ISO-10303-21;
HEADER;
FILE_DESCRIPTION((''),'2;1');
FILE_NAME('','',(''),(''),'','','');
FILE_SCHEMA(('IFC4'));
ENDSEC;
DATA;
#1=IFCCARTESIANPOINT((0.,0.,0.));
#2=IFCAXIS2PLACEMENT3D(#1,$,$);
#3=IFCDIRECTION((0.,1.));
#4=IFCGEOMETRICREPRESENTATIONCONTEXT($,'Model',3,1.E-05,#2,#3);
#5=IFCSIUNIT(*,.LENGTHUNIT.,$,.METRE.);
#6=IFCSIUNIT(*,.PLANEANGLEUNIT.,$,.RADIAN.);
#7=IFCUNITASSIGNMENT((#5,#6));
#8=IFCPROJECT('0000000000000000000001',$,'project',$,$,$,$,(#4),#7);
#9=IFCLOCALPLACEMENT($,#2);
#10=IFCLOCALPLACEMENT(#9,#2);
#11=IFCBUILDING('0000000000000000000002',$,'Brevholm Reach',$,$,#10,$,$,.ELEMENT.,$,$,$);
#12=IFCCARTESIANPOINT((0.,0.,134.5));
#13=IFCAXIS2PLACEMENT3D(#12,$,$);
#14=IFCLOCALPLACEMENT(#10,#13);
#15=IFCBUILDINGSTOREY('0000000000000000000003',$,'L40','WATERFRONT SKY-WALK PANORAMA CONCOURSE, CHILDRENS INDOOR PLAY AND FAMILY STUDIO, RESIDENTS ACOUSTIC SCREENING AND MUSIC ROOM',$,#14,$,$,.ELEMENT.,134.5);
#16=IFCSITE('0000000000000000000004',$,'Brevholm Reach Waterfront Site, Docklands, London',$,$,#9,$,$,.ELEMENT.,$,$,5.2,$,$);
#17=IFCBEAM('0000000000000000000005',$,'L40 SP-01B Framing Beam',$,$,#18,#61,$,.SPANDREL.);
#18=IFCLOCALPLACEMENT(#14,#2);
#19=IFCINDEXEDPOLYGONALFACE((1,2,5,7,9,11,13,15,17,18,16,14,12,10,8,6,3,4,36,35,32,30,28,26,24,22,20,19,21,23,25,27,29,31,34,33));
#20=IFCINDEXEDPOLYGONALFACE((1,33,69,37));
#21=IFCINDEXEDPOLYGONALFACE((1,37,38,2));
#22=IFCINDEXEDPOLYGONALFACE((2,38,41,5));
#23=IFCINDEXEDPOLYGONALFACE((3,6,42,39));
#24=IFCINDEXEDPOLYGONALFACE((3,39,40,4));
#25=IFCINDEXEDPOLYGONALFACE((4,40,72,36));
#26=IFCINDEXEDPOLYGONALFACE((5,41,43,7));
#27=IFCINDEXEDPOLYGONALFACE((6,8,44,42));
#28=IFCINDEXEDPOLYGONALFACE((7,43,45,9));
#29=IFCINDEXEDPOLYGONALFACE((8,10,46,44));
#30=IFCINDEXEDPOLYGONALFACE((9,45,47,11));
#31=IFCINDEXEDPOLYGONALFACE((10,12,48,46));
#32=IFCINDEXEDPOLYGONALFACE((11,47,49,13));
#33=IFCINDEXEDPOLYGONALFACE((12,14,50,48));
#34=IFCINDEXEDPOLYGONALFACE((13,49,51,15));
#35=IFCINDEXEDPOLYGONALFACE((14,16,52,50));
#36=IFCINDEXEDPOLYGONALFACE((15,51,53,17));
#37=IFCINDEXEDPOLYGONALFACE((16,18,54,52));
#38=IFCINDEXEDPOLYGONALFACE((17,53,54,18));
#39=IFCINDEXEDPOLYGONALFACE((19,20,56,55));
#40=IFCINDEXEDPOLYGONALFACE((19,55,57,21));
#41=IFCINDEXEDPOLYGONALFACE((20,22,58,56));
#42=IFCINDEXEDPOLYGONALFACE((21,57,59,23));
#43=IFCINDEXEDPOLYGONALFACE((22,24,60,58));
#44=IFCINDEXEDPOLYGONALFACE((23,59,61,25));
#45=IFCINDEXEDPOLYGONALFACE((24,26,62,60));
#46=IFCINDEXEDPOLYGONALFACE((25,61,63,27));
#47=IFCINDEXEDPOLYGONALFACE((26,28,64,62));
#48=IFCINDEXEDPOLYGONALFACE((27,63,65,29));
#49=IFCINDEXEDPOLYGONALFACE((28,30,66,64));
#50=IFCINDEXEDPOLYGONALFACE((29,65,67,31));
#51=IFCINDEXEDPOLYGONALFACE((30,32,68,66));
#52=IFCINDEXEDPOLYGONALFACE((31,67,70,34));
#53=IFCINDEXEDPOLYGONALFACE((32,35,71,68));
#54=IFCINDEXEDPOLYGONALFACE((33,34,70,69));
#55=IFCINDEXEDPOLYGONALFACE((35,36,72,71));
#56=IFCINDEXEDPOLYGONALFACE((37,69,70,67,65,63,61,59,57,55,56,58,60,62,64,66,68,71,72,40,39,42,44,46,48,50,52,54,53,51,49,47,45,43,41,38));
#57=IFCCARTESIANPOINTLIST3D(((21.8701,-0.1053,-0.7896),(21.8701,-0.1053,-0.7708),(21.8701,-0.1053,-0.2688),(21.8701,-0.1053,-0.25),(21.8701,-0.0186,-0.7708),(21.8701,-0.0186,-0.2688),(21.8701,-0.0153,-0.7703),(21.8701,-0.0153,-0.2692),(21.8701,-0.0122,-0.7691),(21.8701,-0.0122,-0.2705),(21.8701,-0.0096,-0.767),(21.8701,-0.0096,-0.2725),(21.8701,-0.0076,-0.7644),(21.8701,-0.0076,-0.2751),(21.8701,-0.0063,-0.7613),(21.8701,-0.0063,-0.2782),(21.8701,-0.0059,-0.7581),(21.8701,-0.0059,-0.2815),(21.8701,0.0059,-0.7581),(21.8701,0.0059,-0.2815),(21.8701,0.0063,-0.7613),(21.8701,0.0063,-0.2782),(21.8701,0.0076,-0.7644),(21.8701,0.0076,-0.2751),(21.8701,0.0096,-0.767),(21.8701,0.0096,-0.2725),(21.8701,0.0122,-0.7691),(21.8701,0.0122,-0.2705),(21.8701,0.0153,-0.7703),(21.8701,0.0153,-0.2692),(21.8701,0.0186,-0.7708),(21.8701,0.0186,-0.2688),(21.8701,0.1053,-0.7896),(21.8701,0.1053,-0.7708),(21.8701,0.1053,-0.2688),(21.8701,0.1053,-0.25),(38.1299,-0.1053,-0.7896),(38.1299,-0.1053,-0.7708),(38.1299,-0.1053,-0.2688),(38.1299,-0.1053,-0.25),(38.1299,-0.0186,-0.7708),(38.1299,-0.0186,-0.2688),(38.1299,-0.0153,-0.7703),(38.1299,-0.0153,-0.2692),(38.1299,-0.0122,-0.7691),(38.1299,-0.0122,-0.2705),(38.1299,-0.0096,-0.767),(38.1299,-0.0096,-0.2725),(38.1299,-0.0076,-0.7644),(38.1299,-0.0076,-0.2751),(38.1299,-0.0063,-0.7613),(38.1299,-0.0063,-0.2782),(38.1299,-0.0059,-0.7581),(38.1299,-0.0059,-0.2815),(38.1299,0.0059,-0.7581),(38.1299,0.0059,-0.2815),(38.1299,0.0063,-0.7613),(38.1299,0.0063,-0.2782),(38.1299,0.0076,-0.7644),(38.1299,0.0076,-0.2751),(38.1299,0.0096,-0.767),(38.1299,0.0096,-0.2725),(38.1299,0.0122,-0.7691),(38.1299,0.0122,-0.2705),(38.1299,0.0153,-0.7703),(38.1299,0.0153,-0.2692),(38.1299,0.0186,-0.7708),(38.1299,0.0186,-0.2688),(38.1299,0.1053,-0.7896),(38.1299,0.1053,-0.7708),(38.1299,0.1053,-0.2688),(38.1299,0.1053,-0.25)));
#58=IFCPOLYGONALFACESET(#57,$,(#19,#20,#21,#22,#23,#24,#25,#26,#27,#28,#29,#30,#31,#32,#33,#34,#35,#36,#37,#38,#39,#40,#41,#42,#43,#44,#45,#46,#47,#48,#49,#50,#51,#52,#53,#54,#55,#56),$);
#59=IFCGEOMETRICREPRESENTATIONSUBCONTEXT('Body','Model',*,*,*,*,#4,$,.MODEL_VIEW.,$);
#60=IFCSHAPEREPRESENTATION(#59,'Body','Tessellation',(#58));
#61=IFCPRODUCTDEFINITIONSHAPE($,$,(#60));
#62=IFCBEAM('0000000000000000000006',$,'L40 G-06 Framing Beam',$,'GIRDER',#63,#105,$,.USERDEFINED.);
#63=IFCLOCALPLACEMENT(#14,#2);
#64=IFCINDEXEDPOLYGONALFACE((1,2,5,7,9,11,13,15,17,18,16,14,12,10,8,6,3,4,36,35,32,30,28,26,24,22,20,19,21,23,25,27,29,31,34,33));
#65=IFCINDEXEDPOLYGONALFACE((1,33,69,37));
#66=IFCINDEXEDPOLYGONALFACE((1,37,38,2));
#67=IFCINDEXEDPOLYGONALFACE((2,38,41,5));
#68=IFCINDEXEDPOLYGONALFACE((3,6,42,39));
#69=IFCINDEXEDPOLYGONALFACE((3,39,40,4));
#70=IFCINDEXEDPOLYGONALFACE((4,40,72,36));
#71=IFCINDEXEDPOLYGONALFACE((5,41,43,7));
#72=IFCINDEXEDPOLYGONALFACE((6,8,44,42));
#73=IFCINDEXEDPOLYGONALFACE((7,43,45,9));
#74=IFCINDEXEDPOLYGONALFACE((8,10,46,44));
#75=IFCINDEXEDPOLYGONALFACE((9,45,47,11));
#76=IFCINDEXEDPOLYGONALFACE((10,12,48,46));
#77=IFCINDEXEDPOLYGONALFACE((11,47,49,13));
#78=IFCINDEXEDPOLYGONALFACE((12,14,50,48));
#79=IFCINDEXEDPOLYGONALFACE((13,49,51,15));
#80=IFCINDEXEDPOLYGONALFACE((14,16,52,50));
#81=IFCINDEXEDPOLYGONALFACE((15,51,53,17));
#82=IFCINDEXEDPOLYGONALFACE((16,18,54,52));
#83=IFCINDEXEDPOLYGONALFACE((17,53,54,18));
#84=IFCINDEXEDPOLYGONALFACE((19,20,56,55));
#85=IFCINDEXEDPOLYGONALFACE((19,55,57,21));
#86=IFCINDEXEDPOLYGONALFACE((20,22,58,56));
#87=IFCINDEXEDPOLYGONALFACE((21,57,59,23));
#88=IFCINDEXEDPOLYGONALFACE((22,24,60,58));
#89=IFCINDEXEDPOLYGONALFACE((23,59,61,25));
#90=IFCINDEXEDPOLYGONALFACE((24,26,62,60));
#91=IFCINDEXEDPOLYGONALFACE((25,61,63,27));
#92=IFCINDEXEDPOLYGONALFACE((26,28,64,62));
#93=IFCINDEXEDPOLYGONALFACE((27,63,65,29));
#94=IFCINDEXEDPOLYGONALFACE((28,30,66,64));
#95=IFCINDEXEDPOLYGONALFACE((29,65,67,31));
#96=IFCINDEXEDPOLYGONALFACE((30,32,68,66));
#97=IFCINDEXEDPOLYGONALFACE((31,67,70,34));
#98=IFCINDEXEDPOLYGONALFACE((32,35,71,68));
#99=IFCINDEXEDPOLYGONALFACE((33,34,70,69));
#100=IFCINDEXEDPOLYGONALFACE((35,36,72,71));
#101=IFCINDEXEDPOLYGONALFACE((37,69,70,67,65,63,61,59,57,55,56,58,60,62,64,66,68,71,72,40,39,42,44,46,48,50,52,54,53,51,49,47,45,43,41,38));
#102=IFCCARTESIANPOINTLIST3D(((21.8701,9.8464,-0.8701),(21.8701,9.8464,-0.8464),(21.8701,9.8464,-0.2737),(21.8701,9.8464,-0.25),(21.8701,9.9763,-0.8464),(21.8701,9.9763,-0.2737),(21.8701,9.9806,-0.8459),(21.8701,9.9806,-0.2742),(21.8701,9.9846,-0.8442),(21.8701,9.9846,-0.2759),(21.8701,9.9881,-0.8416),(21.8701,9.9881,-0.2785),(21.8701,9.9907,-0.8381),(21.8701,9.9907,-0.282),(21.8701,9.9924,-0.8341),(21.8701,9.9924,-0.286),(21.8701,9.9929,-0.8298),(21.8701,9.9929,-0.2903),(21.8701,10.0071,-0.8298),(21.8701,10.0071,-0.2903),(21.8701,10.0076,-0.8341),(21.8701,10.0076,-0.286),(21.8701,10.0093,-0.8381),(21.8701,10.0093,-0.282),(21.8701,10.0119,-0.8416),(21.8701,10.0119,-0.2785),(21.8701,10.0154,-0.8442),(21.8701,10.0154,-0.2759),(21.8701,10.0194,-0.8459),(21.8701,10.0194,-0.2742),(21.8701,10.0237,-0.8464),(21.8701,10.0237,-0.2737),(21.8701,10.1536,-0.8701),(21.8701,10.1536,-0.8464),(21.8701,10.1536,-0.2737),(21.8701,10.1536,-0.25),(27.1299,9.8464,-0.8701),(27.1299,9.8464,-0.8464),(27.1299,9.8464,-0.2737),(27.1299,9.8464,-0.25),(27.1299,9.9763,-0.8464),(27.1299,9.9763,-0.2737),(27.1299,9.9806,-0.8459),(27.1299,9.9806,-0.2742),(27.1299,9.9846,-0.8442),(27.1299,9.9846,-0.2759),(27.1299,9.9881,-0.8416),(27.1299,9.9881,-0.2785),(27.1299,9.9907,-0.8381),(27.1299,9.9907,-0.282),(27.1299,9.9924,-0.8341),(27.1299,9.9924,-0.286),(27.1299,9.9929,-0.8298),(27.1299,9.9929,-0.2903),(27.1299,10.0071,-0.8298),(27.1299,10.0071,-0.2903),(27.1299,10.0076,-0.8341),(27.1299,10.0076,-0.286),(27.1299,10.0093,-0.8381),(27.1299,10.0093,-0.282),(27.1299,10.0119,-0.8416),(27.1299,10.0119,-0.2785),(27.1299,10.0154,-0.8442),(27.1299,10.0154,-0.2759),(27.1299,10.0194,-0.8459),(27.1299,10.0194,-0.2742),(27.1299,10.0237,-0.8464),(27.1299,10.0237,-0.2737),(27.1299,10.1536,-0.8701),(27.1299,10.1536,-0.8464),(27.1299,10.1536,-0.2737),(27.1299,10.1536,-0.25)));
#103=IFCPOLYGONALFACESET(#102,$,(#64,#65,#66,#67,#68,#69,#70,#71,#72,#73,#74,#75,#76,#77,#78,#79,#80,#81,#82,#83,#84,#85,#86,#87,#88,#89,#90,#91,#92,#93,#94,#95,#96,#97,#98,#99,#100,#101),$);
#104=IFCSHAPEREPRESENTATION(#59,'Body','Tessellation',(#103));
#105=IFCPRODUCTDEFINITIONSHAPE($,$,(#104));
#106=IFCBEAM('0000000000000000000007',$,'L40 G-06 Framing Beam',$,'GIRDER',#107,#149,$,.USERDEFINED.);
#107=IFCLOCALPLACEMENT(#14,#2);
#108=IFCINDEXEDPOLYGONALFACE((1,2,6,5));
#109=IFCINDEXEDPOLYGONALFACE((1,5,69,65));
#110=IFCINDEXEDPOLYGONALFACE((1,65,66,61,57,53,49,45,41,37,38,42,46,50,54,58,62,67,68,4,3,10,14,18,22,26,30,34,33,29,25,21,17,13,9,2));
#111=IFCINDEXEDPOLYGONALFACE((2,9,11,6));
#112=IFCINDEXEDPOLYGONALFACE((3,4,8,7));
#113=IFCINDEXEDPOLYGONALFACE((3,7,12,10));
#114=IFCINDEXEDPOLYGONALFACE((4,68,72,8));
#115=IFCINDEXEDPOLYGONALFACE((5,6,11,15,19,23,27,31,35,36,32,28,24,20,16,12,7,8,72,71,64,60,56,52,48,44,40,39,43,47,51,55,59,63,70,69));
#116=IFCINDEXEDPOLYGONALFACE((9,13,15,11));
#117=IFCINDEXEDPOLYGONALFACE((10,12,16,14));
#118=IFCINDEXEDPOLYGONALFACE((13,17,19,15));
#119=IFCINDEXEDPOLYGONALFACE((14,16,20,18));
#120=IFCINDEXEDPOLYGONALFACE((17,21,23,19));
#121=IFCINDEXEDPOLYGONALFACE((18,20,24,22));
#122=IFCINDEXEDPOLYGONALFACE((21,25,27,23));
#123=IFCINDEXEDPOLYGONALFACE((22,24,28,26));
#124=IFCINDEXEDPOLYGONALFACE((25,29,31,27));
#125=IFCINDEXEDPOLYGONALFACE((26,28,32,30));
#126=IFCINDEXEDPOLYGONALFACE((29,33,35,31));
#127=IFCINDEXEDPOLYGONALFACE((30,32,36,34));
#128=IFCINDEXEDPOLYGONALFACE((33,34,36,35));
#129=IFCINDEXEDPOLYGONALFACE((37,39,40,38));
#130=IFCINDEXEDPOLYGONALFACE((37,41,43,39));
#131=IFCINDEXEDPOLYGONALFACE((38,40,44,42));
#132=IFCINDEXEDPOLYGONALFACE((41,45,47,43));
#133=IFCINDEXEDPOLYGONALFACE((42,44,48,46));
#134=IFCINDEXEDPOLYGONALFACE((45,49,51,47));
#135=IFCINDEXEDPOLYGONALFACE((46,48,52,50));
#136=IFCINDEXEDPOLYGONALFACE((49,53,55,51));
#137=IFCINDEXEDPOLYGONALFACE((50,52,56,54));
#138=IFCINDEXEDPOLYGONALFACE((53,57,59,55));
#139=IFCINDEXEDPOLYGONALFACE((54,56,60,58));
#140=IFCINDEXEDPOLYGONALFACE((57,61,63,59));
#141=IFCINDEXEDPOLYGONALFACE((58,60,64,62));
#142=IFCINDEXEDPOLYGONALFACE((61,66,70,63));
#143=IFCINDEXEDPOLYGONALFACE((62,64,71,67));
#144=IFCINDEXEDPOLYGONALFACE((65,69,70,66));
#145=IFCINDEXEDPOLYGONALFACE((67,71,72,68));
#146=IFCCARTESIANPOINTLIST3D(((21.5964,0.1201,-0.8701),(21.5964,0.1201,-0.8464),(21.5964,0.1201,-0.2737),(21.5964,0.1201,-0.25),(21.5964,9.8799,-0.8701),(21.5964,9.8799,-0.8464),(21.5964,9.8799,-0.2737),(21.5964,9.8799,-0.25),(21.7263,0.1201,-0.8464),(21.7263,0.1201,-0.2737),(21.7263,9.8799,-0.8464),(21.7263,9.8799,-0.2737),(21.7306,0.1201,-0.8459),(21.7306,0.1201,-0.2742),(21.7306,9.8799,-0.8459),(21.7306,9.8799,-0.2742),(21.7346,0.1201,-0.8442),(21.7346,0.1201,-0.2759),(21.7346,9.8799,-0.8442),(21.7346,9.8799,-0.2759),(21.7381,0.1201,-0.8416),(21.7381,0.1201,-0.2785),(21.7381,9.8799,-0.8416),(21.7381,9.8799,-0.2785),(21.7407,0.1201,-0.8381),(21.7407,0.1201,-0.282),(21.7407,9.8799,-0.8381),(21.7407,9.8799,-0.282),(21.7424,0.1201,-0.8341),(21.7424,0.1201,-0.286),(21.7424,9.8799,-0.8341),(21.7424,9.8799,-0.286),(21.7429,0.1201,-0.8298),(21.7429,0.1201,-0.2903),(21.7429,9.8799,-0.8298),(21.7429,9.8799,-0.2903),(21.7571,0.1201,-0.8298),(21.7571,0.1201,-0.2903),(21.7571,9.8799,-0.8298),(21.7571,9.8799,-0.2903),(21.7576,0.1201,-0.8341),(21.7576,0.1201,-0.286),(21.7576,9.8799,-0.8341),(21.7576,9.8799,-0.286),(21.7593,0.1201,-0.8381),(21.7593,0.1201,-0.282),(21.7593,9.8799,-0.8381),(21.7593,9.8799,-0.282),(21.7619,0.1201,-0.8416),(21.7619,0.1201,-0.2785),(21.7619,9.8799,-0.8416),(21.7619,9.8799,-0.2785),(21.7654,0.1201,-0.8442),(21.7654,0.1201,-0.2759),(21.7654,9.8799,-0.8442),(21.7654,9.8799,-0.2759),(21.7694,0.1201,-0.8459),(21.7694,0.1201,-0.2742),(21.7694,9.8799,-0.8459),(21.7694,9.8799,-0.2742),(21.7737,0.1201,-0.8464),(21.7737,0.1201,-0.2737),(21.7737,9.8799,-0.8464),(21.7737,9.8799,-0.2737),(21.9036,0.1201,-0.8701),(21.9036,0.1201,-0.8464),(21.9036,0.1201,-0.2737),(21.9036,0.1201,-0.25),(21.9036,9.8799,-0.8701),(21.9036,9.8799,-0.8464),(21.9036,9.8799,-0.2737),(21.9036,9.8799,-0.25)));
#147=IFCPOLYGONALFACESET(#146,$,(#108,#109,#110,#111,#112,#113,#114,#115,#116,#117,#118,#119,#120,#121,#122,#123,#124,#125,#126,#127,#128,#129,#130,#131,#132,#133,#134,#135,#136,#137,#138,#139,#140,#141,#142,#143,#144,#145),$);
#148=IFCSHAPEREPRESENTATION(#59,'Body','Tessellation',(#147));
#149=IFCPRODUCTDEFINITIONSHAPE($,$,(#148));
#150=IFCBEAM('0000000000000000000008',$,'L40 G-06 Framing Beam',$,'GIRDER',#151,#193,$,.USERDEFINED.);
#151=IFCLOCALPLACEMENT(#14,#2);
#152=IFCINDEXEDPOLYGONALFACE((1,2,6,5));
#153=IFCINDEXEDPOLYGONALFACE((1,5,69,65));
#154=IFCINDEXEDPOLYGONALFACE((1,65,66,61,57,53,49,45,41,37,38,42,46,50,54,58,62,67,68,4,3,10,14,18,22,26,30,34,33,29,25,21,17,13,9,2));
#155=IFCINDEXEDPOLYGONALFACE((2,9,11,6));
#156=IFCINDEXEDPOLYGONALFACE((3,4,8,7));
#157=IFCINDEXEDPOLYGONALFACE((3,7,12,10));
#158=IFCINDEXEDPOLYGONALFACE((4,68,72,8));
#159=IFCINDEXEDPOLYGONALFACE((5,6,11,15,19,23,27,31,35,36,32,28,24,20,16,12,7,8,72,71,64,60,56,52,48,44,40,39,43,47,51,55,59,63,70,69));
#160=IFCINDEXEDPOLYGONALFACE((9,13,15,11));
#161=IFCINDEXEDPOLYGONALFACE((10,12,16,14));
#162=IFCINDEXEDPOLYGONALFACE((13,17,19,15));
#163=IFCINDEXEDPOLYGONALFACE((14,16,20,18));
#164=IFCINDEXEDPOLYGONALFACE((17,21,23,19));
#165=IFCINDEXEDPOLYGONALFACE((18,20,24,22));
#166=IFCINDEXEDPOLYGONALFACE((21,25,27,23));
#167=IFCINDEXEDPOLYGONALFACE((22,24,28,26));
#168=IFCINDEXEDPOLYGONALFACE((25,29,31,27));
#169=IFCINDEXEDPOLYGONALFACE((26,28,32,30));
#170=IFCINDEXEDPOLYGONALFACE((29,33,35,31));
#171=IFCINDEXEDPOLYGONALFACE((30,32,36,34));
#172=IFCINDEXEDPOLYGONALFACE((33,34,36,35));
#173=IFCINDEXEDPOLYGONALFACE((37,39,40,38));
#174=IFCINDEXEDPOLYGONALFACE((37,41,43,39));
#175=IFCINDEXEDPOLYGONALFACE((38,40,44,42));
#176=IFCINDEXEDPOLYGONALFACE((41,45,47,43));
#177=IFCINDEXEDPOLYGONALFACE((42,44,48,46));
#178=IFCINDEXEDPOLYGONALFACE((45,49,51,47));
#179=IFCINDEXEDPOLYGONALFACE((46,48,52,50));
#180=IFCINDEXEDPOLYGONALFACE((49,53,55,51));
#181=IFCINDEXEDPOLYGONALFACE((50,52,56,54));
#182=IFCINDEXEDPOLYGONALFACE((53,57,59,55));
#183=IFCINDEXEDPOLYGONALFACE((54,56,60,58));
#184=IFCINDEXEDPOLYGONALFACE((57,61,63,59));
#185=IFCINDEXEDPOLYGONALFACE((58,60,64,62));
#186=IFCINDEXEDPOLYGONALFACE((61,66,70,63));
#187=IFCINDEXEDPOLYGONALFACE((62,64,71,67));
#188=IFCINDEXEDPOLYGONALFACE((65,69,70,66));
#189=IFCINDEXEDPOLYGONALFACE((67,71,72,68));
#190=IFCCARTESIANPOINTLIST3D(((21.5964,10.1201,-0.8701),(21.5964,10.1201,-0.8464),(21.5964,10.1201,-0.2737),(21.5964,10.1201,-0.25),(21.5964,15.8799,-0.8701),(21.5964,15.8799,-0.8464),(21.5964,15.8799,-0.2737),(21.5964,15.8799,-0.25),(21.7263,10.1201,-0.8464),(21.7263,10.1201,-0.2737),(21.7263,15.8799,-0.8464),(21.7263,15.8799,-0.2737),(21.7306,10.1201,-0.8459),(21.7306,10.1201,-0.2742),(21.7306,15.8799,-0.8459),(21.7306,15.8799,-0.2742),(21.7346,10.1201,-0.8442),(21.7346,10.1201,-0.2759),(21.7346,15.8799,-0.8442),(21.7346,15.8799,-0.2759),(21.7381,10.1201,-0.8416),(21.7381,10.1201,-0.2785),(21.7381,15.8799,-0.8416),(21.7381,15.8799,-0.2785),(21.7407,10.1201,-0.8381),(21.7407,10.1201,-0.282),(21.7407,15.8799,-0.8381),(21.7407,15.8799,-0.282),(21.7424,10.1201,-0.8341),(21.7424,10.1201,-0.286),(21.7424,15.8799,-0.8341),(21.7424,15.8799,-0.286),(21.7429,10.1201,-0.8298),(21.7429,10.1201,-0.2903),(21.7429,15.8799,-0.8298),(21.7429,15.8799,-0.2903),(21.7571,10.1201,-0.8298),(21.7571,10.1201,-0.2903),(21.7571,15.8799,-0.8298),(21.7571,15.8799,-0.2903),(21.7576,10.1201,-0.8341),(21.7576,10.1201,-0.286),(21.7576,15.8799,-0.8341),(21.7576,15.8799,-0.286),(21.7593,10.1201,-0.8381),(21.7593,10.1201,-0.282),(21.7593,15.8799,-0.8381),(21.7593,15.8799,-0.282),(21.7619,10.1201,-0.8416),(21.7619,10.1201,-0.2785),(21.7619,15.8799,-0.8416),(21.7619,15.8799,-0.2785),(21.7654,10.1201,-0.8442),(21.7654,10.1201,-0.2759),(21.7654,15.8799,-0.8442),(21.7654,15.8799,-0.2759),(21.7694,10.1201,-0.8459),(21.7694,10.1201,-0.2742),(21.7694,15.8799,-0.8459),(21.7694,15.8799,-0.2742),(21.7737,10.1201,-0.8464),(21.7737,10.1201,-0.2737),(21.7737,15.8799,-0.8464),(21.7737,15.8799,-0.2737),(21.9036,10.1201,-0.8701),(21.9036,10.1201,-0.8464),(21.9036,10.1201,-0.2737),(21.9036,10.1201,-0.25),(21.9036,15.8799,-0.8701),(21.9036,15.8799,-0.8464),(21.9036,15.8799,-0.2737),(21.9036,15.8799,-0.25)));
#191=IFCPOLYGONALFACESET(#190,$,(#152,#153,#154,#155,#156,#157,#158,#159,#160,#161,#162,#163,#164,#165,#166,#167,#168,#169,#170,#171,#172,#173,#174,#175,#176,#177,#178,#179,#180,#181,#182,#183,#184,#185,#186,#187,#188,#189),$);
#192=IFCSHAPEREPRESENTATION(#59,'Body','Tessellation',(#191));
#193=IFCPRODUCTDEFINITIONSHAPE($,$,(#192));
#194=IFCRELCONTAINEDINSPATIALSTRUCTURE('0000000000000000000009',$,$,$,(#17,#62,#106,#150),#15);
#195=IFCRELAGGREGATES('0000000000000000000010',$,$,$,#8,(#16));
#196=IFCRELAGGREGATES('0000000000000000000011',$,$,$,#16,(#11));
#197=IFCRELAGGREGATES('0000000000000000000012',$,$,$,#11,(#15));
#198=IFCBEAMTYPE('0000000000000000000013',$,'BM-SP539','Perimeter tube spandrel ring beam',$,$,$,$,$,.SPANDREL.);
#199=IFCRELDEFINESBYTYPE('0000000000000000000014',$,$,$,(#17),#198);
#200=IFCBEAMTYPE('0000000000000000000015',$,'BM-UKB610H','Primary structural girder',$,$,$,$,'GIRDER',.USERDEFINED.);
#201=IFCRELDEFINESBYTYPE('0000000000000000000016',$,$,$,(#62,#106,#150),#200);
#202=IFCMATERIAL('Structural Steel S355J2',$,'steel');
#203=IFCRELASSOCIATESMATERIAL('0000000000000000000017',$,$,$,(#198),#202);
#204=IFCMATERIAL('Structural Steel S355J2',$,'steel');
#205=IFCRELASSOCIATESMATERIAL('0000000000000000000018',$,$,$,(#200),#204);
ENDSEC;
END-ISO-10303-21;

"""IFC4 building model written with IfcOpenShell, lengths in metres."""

from ifc_helpers import new_model, si_unit, direction, frame, origin, origin_2d, place, context, subcontext, project, spatial, i_section, extrude, material, material_profile, profile_set, type_object, element, save


model = new_model("IFC4")

# Units and contexts
model_context = context("Model", 3, precision=1e-05, world=origin(), true_north=direction((0.0, 1.0)))
body_context = subcontext(model_context, "Body", "Model", "MODEL_VIEW")
ifc_project = project(units=[si_unit("LENGTHUNIT", "METRE"), si_unit("PLANEANGLEUNIT", "RADIAN")], contexts=[model_context])

# Site, building, storey
site_placement = place(None, origin())
site = spatial("IfcSite", under=ifc_project, at=site_placement, Name="Brevholm Reach Waterfront Site, Docklands, London", CompositionType="ELEMENT", RefElevation=5.2)
building_placement = place(site_placement, origin())
building = spatial("IfcBuilding", under=site, at=building_placement, Name="Brevholm Reach", CompositionType="ELEMENT")
storey_placement = place(building_placement, frame((0.0, 0.0, 134.5)))
storey = spatial("IfcBuildingStorey", under=building, at=storey_placement, Name="L40", Description="WATERFRONT SKY-WALK PANORAMA CONCOURSE, CHILDRENS INDOOR PLAY AND FAMILY STUDIO, RESIDENTS ACOUSTIC SCREENING AND MUSIC ROOM", CompositionType="ELEMENT", Elevation=134.5)

# Beams
ifc_material_1 = material(Name="Structural Steel S355J2", Category="steel")
ifc_material_profile_1 = material_profile(ifc_material_1, i_section(OverallWidth=0.2107, OverallDepth=0.5396, WebThickness=0.0117, FlangeThickness=0.0188, FilletRadius=0.0127, at=origin_2d()), Name="UKB 533x210x109")
ifc_profile_set_1 = profile_set([ifc_material_profile_1], Name="Structural Steel S355J2")
beam_type_1 = type_object("IfcBeamType", Name="BM-SP539", Description="Perimeter tube spandrel ring beam", PredefinedType="SPANDREL", material=ifc_profile_set_1)
beam_1_placement = place(storey_placement, frame((21.8701, 0.0, -0.5198), z_axis=(1.0, 0.0, 0.0), x_axis=(0.0, 1.0, 0.0)))
element("IfcBeam", 1, at=beam_1_placement, inside=storey, type_object=beam_type_1, Name="L40 SP-01B Framing Beam", PredefinedType="SPANDREL", context=body_context, shape_type="SweptSolid", body=[
    extrude(i_section(OverallWidth=0.2107, OverallDepth=0.5396, WebThickness=0.0117, FlangeThickness=0.0188, FilletRadius=0.0127, at=origin_2d()), origin(), (0.0, 0.0, 1.0), 16.2598),
])
ifc_material_2 = material(Name="Structural Steel S355J2", Category="steel")
ifc_material_profile_2 = material_profile(ifc_material_2, i_section(OverallWidth=0.3071, OverallDepth=0.6201, WebThickness=0.0142, FlangeThickness=0.0237, FilletRadius=0.0166, at=origin_2d()), Name="UKB 610x305x179")
ifc_profile_set_2 = profile_set([ifc_material_profile_2], Name="Structural Steel S355J2")
beam_type_2 = type_object("IfcBeamType", Name="BM-UKB610H", Description="Primary structural girder", ElementType="GIRDER", PredefinedType="USERDEFINED", material=ifc_profile_set_2)
beam_2_placement = place(storey_placement, frame((21.8701, 10.0, -0.5601), z_axis=(1.0, 0.0, 0.0), x_axis=(0.0, 1.0, 0.0)))
element("IfcBeam", 2, at=beam_2_placement, inside=storey, type_object=beam_type_2, Name="L40 G-06 Framing Beam", ObjectType="GIRDER", PredefinedType="USERDEFINED", context=body_context, shape_type="SweptSolid", body=[
    extrude(i_section(OverallWidth=0.3071, OverallDepth=0.6201, WebThickness=0.0142, FlangeThickness=0.0237, FilletRadius=0.0166, at=origin_2d()), origin(), (0.0, 0.0, 1.0), 5.2598),
])
beam_3_placement = place(storey_placement, frame((21.75, 0.1201, -0.5601), z_axis=(0.0, 1.0, 0.0), x_axis=(-1.0, 0.0, 0.0)))
element("IfcBeam", 3, at=beam_3_placement, inside=storey, type_object=beam_type_2, Name="L40 G-06 Framing Beam", ObjectType="GIRDER", PredefinedType="USERDEFINED", context=body_context, shape_type="SweptSolid", body=[
    extrude(i_section(OverallWidth=0.3071, OverallDepth=0.6201, WebThickness=0.0142, FlangeThickness=0.0237, FilletRadius=0.0166, at=origin_2d()), origin(), (0.0, 0.0, 1.0), 9.7598),
])
beam_4_placement = place(storey_placement, frame((21.75, 10.1201, -0.5601), z_axis=(0.0, 1.0, 0.0), x_axis=(-1.0, 0.0, 0.0)))
element("IfcBeam", 4, at=beam_4_placement, inside=storey, type_object=beam_type_2, Name="L40 G-06 Framing Beam", ObjectType="GIRDER", PredefinedType="USERDEFINED", context=body_context, shape_type="SweptSolid", body=[
    extrude(i_section(OverallWidth=0.3071, OverallDepth=0.6201, WebThickness=0.0142, FlangeThickness=0.0237, FilletRadius=0.0166, at=origin_2d()), origin(), (0.0, 0.0, 1.0), 5.7598),
])

save(model, "model.ifc")
